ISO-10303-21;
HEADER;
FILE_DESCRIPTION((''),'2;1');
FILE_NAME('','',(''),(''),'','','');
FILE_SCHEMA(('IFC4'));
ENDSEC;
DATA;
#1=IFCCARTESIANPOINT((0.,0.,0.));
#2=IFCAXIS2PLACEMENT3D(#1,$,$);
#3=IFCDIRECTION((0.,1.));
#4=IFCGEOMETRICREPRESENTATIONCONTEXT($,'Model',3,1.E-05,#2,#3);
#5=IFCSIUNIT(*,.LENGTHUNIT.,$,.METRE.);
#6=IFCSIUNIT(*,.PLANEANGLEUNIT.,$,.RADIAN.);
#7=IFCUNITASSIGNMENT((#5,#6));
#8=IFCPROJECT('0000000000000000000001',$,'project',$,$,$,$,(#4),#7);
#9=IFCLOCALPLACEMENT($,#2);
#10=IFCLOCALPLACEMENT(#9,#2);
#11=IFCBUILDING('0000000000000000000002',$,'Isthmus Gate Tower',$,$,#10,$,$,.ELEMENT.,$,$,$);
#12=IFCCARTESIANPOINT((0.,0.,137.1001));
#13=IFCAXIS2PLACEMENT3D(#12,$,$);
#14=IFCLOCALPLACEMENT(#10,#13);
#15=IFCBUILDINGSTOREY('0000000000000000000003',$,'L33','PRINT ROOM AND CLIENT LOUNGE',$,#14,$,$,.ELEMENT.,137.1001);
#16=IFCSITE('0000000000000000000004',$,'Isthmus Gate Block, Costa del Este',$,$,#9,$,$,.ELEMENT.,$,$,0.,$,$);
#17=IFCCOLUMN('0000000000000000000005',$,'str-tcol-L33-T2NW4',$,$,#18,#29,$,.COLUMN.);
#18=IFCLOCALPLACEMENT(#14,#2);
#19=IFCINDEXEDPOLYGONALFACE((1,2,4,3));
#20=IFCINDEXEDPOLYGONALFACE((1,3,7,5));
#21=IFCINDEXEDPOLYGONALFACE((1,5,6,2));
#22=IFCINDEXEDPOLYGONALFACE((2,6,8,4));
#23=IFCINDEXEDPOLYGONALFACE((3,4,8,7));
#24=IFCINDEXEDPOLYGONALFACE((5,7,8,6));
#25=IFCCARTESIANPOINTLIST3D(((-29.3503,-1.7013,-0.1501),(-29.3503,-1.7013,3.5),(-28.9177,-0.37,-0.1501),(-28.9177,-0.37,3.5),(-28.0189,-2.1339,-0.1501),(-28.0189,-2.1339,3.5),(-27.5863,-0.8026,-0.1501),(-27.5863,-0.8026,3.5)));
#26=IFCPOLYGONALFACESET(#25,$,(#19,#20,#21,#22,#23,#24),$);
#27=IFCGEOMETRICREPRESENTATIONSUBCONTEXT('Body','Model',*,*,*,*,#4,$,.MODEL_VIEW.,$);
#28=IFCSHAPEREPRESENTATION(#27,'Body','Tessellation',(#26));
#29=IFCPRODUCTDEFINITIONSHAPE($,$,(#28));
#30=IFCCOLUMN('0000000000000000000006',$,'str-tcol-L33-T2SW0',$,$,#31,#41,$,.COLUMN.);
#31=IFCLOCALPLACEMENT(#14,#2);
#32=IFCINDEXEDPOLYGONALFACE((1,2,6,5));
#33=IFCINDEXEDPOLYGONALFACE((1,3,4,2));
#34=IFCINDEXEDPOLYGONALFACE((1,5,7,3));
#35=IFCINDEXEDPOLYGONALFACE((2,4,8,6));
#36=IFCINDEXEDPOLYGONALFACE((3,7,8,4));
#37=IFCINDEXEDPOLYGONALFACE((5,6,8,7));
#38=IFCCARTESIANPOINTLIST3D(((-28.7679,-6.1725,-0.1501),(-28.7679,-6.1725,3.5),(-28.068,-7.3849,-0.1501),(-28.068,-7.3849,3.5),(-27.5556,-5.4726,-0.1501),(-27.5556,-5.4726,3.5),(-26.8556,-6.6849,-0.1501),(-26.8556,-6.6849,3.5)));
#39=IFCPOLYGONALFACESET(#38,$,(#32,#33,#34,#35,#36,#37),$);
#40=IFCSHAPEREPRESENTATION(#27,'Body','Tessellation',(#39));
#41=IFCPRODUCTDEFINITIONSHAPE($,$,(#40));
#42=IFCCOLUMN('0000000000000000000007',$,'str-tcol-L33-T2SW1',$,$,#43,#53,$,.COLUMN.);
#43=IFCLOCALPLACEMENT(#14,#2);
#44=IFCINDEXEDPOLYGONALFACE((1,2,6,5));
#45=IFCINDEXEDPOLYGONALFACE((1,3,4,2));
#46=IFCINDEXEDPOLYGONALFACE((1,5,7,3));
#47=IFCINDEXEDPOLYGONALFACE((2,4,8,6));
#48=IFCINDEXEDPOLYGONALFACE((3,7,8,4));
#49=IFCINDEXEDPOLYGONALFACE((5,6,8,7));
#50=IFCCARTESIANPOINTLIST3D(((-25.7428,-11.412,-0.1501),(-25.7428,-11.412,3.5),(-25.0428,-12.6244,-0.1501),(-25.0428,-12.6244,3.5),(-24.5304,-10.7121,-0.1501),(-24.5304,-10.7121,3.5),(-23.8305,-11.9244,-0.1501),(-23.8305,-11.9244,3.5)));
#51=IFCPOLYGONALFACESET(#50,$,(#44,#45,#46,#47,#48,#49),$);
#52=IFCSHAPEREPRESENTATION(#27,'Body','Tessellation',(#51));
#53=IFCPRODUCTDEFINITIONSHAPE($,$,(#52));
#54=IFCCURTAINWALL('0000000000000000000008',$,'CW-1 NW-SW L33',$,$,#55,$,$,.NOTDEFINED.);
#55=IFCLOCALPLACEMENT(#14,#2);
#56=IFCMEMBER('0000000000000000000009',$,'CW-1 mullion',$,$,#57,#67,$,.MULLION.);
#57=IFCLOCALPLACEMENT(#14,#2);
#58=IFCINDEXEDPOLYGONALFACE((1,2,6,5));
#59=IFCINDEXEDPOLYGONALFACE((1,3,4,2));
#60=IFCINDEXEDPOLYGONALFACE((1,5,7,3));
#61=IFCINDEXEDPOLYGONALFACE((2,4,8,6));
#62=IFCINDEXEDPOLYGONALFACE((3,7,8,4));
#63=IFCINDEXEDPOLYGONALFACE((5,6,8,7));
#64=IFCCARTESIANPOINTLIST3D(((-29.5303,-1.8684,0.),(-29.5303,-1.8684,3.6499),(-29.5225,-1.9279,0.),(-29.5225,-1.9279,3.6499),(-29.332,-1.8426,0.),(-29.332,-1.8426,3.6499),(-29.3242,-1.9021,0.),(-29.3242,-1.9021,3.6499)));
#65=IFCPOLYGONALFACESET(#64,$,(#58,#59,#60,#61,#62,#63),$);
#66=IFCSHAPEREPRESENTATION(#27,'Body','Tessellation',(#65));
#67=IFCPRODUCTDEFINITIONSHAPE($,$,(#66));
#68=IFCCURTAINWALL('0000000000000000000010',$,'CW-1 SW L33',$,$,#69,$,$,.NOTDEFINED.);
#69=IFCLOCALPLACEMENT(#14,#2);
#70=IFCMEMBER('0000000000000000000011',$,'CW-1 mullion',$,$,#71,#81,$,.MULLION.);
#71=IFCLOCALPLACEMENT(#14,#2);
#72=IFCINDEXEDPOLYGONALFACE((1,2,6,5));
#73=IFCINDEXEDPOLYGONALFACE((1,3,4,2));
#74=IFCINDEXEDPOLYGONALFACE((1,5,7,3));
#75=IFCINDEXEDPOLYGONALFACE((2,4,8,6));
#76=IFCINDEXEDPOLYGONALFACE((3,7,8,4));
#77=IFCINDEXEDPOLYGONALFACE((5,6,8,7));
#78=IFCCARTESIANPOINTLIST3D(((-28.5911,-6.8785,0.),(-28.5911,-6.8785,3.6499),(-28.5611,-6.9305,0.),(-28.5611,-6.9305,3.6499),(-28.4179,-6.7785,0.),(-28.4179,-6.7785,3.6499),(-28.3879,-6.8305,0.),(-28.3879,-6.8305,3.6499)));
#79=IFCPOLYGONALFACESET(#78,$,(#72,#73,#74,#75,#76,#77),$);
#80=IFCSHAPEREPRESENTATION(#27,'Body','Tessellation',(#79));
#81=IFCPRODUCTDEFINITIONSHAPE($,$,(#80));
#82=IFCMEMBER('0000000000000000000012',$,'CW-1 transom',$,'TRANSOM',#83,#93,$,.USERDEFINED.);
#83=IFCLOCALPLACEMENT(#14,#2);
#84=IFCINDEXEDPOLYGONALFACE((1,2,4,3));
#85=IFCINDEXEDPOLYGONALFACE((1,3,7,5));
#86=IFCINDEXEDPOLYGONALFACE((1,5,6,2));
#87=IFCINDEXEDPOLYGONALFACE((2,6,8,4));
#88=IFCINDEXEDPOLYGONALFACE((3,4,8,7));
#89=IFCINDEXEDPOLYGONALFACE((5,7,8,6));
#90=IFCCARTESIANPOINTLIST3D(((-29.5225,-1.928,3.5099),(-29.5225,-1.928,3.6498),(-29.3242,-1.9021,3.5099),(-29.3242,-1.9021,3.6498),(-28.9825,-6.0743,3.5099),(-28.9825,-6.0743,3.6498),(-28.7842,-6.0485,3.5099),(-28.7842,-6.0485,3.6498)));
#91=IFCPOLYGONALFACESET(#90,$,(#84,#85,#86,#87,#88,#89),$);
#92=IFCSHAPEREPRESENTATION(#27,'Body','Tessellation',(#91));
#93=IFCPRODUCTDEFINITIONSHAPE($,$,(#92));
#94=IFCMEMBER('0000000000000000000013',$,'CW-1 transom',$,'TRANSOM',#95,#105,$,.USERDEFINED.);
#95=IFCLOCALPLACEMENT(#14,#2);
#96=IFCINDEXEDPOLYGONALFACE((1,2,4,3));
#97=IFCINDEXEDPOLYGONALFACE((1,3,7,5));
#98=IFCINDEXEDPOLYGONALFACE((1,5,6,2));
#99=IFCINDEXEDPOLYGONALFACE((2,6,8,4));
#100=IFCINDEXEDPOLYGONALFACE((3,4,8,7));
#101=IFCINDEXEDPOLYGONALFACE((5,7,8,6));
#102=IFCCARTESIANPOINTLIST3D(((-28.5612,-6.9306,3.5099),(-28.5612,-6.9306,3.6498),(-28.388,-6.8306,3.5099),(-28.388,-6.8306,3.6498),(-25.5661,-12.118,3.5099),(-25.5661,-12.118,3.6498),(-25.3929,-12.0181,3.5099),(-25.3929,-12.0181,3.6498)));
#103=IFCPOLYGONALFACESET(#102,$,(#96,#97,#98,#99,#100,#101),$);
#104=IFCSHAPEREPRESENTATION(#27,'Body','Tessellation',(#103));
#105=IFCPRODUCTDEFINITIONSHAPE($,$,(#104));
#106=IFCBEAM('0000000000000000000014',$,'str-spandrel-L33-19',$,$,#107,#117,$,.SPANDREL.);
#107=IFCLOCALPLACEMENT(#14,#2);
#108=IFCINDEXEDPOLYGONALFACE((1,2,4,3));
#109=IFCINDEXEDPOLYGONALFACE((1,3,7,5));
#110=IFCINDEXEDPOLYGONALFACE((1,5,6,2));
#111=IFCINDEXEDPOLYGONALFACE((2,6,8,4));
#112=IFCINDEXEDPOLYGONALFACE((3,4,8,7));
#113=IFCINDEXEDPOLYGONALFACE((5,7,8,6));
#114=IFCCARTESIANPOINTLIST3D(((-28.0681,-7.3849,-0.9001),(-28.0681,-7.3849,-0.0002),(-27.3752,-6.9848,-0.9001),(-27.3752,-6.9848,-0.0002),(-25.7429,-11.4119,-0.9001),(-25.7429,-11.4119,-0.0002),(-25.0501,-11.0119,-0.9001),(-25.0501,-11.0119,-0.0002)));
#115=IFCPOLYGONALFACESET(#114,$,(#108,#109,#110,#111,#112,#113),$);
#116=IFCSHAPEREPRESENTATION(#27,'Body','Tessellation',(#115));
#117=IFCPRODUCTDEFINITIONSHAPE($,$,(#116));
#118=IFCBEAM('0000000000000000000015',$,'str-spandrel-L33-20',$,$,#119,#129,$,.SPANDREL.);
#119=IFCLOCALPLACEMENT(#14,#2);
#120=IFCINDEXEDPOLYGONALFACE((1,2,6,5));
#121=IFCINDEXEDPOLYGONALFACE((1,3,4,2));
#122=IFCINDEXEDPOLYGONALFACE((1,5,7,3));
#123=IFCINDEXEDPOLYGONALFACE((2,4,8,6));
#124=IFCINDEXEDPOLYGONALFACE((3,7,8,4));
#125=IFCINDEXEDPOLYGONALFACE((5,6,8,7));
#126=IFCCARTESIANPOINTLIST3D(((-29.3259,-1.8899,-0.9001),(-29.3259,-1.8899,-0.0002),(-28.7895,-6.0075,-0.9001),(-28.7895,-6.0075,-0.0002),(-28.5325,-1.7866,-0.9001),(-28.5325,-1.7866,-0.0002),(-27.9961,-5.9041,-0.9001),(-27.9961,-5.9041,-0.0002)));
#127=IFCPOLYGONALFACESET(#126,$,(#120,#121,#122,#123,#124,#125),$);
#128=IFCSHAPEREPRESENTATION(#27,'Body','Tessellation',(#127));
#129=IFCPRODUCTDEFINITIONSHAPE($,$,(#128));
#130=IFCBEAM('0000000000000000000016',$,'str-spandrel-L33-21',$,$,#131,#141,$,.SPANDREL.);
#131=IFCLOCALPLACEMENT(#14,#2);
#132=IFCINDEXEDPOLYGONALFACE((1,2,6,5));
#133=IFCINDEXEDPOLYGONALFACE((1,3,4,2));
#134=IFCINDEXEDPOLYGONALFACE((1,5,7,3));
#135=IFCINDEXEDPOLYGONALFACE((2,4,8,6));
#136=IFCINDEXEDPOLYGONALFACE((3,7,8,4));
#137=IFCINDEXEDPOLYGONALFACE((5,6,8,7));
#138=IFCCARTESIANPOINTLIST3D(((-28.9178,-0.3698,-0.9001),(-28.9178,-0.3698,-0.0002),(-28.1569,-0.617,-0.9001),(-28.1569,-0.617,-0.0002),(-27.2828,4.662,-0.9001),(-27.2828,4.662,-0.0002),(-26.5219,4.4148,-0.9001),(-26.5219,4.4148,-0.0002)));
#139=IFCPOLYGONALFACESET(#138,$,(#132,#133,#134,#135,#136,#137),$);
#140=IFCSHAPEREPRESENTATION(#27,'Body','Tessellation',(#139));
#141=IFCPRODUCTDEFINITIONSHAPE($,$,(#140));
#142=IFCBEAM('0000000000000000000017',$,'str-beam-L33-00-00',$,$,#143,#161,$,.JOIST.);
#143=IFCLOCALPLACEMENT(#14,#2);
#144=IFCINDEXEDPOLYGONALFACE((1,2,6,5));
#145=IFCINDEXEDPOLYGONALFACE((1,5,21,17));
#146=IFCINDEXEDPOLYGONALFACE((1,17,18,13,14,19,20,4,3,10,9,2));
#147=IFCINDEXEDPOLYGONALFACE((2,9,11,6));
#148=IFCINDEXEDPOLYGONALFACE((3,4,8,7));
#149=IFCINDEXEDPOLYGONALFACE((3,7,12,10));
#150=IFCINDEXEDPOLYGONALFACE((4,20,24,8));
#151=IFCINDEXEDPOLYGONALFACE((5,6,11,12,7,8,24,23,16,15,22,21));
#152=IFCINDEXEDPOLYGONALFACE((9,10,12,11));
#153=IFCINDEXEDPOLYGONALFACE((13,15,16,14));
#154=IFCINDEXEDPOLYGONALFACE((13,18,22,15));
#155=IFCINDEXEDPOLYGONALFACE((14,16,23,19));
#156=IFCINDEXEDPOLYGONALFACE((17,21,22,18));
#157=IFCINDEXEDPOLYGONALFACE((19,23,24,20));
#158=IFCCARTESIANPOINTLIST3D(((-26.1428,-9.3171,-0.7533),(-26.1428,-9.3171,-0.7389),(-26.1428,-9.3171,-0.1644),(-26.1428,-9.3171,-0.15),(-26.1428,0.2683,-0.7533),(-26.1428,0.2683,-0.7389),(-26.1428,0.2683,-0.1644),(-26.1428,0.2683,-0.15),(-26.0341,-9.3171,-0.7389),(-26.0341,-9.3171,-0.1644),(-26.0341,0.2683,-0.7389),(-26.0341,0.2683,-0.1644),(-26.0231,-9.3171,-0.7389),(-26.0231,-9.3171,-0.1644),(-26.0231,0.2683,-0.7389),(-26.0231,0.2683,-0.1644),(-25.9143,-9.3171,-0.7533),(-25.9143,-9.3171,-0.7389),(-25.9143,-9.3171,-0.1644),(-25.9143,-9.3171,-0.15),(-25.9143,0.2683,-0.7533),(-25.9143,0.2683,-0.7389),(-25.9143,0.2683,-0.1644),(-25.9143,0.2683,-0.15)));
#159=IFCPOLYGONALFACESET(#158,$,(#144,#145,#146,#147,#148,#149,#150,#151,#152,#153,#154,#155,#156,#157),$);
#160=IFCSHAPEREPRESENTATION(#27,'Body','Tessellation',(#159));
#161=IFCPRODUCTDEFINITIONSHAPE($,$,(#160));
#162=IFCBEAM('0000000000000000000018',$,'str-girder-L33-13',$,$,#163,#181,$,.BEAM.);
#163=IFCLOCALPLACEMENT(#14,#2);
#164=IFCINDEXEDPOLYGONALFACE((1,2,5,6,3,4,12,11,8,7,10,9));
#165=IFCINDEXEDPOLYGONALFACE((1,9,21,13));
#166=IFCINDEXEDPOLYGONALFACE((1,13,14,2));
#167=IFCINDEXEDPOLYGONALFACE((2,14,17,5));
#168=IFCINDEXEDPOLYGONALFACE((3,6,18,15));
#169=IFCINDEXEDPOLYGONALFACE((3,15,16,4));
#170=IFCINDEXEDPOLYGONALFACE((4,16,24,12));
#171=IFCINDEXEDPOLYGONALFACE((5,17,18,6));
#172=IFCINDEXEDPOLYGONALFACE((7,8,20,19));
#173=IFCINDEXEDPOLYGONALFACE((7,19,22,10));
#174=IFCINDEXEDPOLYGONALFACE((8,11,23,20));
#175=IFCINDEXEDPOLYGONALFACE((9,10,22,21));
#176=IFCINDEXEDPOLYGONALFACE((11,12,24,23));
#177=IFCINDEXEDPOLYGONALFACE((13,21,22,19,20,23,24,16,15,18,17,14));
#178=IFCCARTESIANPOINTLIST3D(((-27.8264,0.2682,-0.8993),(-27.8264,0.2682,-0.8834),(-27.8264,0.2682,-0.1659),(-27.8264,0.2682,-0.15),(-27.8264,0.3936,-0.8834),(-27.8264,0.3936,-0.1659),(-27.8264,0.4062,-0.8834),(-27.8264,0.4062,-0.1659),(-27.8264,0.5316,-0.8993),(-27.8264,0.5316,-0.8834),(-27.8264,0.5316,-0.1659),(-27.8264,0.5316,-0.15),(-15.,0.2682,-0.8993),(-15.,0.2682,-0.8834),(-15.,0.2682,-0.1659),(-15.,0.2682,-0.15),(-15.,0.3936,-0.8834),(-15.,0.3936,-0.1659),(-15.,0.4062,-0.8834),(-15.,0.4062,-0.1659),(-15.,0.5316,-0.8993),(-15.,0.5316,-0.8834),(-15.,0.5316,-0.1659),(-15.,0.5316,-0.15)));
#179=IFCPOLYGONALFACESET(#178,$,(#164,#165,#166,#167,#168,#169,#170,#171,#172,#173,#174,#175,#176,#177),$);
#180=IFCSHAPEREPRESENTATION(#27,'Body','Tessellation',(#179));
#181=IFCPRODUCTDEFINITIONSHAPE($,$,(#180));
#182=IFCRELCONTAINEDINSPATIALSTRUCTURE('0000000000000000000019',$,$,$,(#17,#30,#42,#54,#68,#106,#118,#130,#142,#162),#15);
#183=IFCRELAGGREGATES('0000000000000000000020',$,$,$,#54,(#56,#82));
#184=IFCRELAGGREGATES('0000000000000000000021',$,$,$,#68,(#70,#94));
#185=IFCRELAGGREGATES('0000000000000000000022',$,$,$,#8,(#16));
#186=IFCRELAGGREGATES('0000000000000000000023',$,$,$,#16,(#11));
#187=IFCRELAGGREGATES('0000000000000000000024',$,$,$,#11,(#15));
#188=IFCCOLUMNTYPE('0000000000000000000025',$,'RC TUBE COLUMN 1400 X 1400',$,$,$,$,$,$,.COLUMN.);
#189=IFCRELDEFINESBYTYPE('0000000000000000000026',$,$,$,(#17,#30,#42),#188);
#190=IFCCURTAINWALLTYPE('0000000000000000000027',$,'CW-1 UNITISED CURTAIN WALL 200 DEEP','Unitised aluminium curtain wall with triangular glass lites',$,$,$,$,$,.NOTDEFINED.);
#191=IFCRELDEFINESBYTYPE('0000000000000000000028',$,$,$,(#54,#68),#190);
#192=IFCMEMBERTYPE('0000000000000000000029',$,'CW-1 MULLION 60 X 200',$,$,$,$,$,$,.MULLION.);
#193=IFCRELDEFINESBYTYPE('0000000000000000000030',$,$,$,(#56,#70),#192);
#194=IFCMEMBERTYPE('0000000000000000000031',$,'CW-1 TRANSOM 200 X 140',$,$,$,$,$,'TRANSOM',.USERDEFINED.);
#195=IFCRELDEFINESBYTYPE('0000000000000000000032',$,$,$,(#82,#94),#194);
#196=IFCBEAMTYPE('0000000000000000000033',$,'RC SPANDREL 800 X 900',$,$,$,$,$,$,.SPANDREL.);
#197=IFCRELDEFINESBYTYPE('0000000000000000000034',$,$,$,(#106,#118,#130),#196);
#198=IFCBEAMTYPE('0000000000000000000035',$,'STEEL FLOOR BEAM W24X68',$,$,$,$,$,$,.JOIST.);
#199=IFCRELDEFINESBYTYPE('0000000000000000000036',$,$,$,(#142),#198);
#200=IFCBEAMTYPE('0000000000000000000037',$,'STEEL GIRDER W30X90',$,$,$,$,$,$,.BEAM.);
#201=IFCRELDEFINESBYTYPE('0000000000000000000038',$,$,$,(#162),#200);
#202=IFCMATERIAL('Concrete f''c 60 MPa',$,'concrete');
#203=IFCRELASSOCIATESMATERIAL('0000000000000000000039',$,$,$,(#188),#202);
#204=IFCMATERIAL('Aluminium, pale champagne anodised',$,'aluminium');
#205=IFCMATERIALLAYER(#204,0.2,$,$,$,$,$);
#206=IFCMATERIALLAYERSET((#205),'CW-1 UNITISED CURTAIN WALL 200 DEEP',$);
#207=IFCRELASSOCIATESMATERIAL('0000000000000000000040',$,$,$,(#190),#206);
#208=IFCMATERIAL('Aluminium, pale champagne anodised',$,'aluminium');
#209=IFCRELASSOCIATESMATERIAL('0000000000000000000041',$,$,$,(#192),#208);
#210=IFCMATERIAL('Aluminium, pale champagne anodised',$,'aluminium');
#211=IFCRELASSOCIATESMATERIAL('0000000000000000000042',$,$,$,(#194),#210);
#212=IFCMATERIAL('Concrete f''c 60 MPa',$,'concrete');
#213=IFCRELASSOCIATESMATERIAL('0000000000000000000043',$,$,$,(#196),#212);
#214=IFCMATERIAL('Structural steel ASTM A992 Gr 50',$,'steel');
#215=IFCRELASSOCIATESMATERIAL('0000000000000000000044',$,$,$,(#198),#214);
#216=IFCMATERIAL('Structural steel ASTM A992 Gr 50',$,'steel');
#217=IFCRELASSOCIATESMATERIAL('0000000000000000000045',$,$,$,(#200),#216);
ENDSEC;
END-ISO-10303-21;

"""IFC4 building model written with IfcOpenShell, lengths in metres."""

from ifc_helpers import new_model, si_unit, direction, frame, origin, origin_2d, place, context, subcontext, project, spatial, rectangle, i_section, extrude, material, layer, layer_set, material_profile, profile_set, type_object, element, aggregate, save


model = new_model("IFC4")

# Units and contexts
model_context = context("Model", 3, precision=1e-05, world=origin(), true_north=direction((0.0, 1.0)))
body_context = subcontext(model_context, "Body", "Model", "MODEL_VIEW")
ifc_project = project(units=[si_unit("LENGTHUNIT", "METRE"), si_unit("PLANEANGLEUNIT", "RADIAN")], contexts=[model_context])

# Site, building, storey
site_placement = place(None, origin())
site = spatial("IfcSite", under=ifc_project, at=site_placement, Name="Isthmus Gate Block, Costa del Este", CompositionType="ELEMENT", RefElevation=0.0)
building_placement = place(site_placement, origin())
building = spatial("IfcBuilding", under=site, at=building_placement, Name="Isthmus Gate Tower", CompositionType="ELEMENT")
storey_placement = place(building_placement, frame((0.0, 0.0, 137.1001)))
storey = spatial("IfcBuildingStorey", under=building, at=storey_placement, Name="L33", Description="PRINT ROOM AND CLIENT LOUNGE", CompositionType="ELEMENT", Elevation=137.1001)

# Columns
ifc_material_1 = material(Name="Concrete f'c 60 MPa", Category="concrete")
ifc_material_profile_1 = material_profile(ifc_material_1, rectangle(XDim=1.3999, YDim=1.3999, at=origin_2d()), Name="RC 1400X1400")
ifc_profile_set_1 = profile_set([ifc_material_profile_1], Name="Concrete f'c 60 MPa")
column_type = type_object("IfcColumnType", Name="RC TUBE COLUMN 1400 X 1400", PredefinedType="COLUMN", material=ifc_profile_set_1)
for number, where, z_axis, x_axis, name in (
    (1, (-28.4683, -1.252, -0.1501), (0.0, 0.0, 1.0), (-0.309017, -0.951057, 0.0), "str-tcol-L33-T2NW4"),
    (2, (-27.8118, -6.4287, -0.1501), (0.0, 0.0, 1.0), (0.5, -0.866025, 0.0), "str-tcol-L33-T2SW0"),
    (3, (-24.7866, -11.6682, -0.1501), (0.0, 0.0, 1.0), (0.5, -0.866025, 0.0), "str-tcol-L33-T2SW1"),
):
    element("IfcColumn", number, at=place(storey_placement, frame(where, z_axis=z_axis, x_axis=x_axis)), inside=storey, type_object=column_type, Name=name, PredefinedType="COLUMN", context=body_context, shape_type="SweptSolid", body=[
        extrude(rectangle(XDim=1.3999, YDim=1.3999, at=origin_2d()), origin(), (0.0, 0.0, 1.0), 3.6501),
    ])

# Curtain walls, members
ifc_material_2 = material(Name="Aluminium, pale champagne anodised", Category="aluminium")
ifc_layer_1 = layer(ifc_material_2, 0.2)
ifc_layer_set_1 = layer_set([ifc_layer_1], Name="CW-1 UNITISED CURTAIN WALL 200 DEEP")
curtain_wall_type = type_object("IfcCurtainWallType", Name="CW-1 UNITISED CURTAIN WALL 200 DEEP", Description="Unitised aluminium curtain wall with triangular glass lites", PredefinedType="NOTDEFINED", material=ifc_layer_set_1)
curtain_wall_1_placement = place(storey_placement, origin())
curtain_wall_1 = element("IfcCurtainWall", 4, at=curtain_wall_1_placement, inside=storey, type_object=curtain_wall_type, Name="CW-1 NW-SW L33", PredefinedType="NOTDEFINED")
ifc_material_3 = material(Name="Aluminium, pale champagne anodised", Category="aluminium")
ifc_material_profile_2 = material_profile(ifc_material_3, rectangle(XDim=0.0601, YDim=0.2, at=origin_2d()), Name="60x200")
ifc_profile_set_2 = profile_set([ifc_material_profile_2], Name="Aluminium, pale champagne anodised")
member_type_1 = type_object("IfcMemberType", Name="CW-1 MULLION 60 X 200", PredefinedType="MULLION", material=ifc_profile_set_2)
member_1_placement = place(storey_placement, frame((-29.4272, -1.8853, 0.0), z_axis=(0.0, 0.0, 1.0), x_axis=(0.129165, -0.991623, 0.0)))
member_1 = element("IfcMember", 5, at=member_1_placement, type_object=member_type_1, Name="CW-1 mullion", PredefinedType="MULLION", context=body_context, shape_type="SweptSolid", body=[
    extrude(rectangle(XDim=0.0601, YDim=0.2, at=origin_2d()), origin(), (0.0, 0.0, 1.0), 3.6499),
])
curtain_wall_2_placement = place(storey_placement, origin())
curtain_wall_2 = element("IfcCurtainWall", 6, at=curtain_wall_2_placement, inside=storey, type_object=curtain_wall_type, Name="CW-1 SW L33", PredefinedType="NOTDEFINED")
member_2_placement = place(storey_placement, frame((-28.4895, -6.8545, 0.0), z_axis=(0.0, 0.0, 1.0), x_axis=(0.5, -0.866025, 0.0)))
member_2 = element("IfcMember", 7, at=member_2_placement, type_object=member_type_1, Name="CW-1 mullion", PredefinedType="MULLION", context=body_context, shape_type="SweptSolid", body=[
    extrude(rectangle(XDim=0.0601, YDim=0.2, at=origin_2d()), origin(), (0.0, 0.0, 1.0), 3.6499),
])

# Members
ifc_material_4 = material(Name="Aluminium, pale champagne anodised", Category="aluminium")
ifc_material_profile_3 = material_profile(ifc_material_4, rectangle(XDim=0.2, YDim=0.1399, at=origin_2d()), Name="200x140")
ifc_profile_set_3 = profile_set([ifc_material_profile_3], Name="Aluminium, pale champagne anodised")
member_type_2 = type_object("IfcMemberType", Name="CW-1 TRANSOM 200 X 140", ElementType="TRANSOM", PredefinedType="USERDEFINED", material=ifc_profile_set_3)
member_3_placement = place(storey_placement, frame((-29.4233, -1.915, 3.5798), z_axis=(0.129149, -0.991625, 0.0), x_axis=(0.991625, 0.129149, 0.0)))
member_3 = element("IfcMember", 8, at=member_3_placement, type_object=member_type_2, Name="CW-1 transom", ObjectType="TRANSOM", PredefinedType="USERDEFINED", context=body_context, shape_type="SweptSolid", body=[
    extrude(rectangle(XDim=0.2, YDim=0.1399, at=origin_2d()), origin(), (0.0, 0.0, 1.0), 4.1814),
])
member_4_placement = place(storey_placement, frame((-28.4746, -6.8806, 3.5798), z_axis=(0.500014, -0.866017, 0.0), x_axis=(0.866017, 0.500014, 0.0)))
member_4 = element("IfcMember", 9, at=member_4_placement, type_object=member_type_2, Name="CW-1 transom", ObjectType="TRANSOM", PredefinedType="USERDEFINED", context=body_context, shape_type="SweptSolid", body=[
    extrude(rectangle(XDim=0.2, YDim=0.1399, at=origin_2d()), origin(), (0.0, 0.0, 1.0), 5.99),
])

# Beams
ifc_material_5 = material(Name="Concrete f'c 60 MPa", Category="concrete")
ifc_material_profile_4 = material_profile(ifc_material_5, rectangle(XDim=0.8, YDim=0.8999, at=origin_2d()), Name="RC 800X900")
ifc_profile_set_4 = profile_set([ifc_material_profile_4], Name="Concrete f'c 60 MPa")
beam_type_1 = type_object("IfcBeamType", Name="RC SPANDREL 800 X 900", PredefinedType="SPANDREL", material=ifc_profile_set_4)
beam_1_placement = place(storey_placement, frame((-25.3965, -11.2119, -0.4502), z_axis=(-0.500024, 0.866012, 0.0), x_axis=(-0.866012, -0.500024, 0.0)))
element("IfcBeam", 10, at=beam_1_placement, inside=storey, type_object=beam_type_1, Name="str-spandrel-L33-19", PredefinedType="SPANDREL", context=body_context, shape_type="SweptSolid", body=[
    extrude(rectangle(XDim=0.8, YDim=0.8999, at=origin_2d()), origin(), (0.0, 0.0, 1.0), 4.6501),
])
beam_2_placement = place(storey_placement, frame((-28.3928, -5.9558, -0.4502), z_axis=(-0.129171, 0.991622, 0.0), x_axis=(-0.991622, -0.129171, 0.0)))
element("IfcBeam", 11, at=beam_2_placement, inside=storey, type_object=beam_type_1, Name="str-spandrel-L33-20", PredefinedType="SPANDREL", context=body_context, shape_type="SweptSolid", body=[
    extrude(rectangle(XDim=0.8, YDim=0.8999, at=origin_2d()), origin(), (0.0, 0.0, 1.0), 4.1523),
])
beam_3_placement = place(storey_placement, frame((-28.5374, -0.4934, -0.4502), z_axis=(0.309034, 0.951051, 0.0), x_axis=(-0.951051, 0.309034, 0.0)))
element("IfcBeam", 12, at=beam_3_placement, inside=storey, type_object=beam_type_1, Name="str-spandrel-L33-21", PredefinedType="SPANDREL", context=body_context, shape_type="SweptSolid", body=[
    extrude(rectangle(XDim=0.8, YDim=0.8999, at=origin_2d()), origin(), (0.0, 0.0, 1.0), 5.2908),
])
ifc_material_6 = material(Name="Structural steel ASTM A992 Gr 50", Category="steel")
ifc_material_profile_5 = material_profile(ifc_material_6, i_section(OverallWidth=0.2285, OverallDepth=0.6033, WebThickness=0.011, FlangeThickness=0.0144, at=origin_2d()), Name="W24X68")
ifc_profile_set_5 = profile_set([ifc_material_profile_5], Name="Structural steel ASTM A992 Gr 50")
beam_type_2 = type_object("IfcBeamType", Name="STEEL FLOOR BEAM W24X68", PredefinedType="JOIST", material=ifc_profile_set_5)
beam_4_placement = place(storey_placement, frame((-26.0286, -9.3171, -0.4517), z_axis=(0.0, 1.0, 0.0), x_axis=(-1.0, 0.0, 0.0)))
element("IfcBeam", 13, at=beam_4_placement, inside=storey, type_object=beam_type_2, Name="str-beam-L33-00-00", PredefinedType="JOIST", context=body_context, shape_type="SweptSolid", body=[
    extrude(i_section(OverallWidth=0.2285, OverallDepth=0.6033, WebThickness=0.011, FlangeThickness=0.0144, at=origin_2d()), origin(), (0.0, 0.0, 1.0), 9.5854),
])
ifc_material_7 = material(Name="Structural steel ASTM A992 Gr 50", Category="steel")
ifc_material_profile_6 = material_profile(ifc_material_7, i_section(OverallWidth=0.2634, OverallDepth=0.7493, WebThickness=0.0127, FlangeThickness=0.0159, at=origin_2d()), Name="W30X90")
ifc_profile_set_6 = profile_set([ifc_material_profile_6], Name="Structural steel ASTM A992 Gr 50")
beam_type_3 = type_object("IfcBeamType", Name="STEEL GIRDER W30X90", PredefinedType="BEAM", material=ifc_profile_set_6)
beam_5_placement = place(storey_placement, frame((-15.0, 0.3999, -0.5247), z_axis=(-1.0, 0.0, 0.0), x_axis=(0.0, -1.0, 0.0)))
element("IfcBeam", 14, at=beam_5_placement, inside=storey, type_object=beam_type_3, Name="str-girder-L33-13", PredefinedType="BEAM", context=body_context, shape_type="SweptSolid", body=[
    extrude(i_section(OverallWidth=0.2634, OverallDepth=0.7493, WebThickness=0.0127, FlangeThickness=0.0159, at=origin_2d()), origin(), (0.0, 0.0, 1.0), 12.8264),
])

aggregate(curtain_wall_1, [member_1, member_3])
aggregate(curtain_wall_2, [member_2, member_4])

save(model, "model.ifc")
